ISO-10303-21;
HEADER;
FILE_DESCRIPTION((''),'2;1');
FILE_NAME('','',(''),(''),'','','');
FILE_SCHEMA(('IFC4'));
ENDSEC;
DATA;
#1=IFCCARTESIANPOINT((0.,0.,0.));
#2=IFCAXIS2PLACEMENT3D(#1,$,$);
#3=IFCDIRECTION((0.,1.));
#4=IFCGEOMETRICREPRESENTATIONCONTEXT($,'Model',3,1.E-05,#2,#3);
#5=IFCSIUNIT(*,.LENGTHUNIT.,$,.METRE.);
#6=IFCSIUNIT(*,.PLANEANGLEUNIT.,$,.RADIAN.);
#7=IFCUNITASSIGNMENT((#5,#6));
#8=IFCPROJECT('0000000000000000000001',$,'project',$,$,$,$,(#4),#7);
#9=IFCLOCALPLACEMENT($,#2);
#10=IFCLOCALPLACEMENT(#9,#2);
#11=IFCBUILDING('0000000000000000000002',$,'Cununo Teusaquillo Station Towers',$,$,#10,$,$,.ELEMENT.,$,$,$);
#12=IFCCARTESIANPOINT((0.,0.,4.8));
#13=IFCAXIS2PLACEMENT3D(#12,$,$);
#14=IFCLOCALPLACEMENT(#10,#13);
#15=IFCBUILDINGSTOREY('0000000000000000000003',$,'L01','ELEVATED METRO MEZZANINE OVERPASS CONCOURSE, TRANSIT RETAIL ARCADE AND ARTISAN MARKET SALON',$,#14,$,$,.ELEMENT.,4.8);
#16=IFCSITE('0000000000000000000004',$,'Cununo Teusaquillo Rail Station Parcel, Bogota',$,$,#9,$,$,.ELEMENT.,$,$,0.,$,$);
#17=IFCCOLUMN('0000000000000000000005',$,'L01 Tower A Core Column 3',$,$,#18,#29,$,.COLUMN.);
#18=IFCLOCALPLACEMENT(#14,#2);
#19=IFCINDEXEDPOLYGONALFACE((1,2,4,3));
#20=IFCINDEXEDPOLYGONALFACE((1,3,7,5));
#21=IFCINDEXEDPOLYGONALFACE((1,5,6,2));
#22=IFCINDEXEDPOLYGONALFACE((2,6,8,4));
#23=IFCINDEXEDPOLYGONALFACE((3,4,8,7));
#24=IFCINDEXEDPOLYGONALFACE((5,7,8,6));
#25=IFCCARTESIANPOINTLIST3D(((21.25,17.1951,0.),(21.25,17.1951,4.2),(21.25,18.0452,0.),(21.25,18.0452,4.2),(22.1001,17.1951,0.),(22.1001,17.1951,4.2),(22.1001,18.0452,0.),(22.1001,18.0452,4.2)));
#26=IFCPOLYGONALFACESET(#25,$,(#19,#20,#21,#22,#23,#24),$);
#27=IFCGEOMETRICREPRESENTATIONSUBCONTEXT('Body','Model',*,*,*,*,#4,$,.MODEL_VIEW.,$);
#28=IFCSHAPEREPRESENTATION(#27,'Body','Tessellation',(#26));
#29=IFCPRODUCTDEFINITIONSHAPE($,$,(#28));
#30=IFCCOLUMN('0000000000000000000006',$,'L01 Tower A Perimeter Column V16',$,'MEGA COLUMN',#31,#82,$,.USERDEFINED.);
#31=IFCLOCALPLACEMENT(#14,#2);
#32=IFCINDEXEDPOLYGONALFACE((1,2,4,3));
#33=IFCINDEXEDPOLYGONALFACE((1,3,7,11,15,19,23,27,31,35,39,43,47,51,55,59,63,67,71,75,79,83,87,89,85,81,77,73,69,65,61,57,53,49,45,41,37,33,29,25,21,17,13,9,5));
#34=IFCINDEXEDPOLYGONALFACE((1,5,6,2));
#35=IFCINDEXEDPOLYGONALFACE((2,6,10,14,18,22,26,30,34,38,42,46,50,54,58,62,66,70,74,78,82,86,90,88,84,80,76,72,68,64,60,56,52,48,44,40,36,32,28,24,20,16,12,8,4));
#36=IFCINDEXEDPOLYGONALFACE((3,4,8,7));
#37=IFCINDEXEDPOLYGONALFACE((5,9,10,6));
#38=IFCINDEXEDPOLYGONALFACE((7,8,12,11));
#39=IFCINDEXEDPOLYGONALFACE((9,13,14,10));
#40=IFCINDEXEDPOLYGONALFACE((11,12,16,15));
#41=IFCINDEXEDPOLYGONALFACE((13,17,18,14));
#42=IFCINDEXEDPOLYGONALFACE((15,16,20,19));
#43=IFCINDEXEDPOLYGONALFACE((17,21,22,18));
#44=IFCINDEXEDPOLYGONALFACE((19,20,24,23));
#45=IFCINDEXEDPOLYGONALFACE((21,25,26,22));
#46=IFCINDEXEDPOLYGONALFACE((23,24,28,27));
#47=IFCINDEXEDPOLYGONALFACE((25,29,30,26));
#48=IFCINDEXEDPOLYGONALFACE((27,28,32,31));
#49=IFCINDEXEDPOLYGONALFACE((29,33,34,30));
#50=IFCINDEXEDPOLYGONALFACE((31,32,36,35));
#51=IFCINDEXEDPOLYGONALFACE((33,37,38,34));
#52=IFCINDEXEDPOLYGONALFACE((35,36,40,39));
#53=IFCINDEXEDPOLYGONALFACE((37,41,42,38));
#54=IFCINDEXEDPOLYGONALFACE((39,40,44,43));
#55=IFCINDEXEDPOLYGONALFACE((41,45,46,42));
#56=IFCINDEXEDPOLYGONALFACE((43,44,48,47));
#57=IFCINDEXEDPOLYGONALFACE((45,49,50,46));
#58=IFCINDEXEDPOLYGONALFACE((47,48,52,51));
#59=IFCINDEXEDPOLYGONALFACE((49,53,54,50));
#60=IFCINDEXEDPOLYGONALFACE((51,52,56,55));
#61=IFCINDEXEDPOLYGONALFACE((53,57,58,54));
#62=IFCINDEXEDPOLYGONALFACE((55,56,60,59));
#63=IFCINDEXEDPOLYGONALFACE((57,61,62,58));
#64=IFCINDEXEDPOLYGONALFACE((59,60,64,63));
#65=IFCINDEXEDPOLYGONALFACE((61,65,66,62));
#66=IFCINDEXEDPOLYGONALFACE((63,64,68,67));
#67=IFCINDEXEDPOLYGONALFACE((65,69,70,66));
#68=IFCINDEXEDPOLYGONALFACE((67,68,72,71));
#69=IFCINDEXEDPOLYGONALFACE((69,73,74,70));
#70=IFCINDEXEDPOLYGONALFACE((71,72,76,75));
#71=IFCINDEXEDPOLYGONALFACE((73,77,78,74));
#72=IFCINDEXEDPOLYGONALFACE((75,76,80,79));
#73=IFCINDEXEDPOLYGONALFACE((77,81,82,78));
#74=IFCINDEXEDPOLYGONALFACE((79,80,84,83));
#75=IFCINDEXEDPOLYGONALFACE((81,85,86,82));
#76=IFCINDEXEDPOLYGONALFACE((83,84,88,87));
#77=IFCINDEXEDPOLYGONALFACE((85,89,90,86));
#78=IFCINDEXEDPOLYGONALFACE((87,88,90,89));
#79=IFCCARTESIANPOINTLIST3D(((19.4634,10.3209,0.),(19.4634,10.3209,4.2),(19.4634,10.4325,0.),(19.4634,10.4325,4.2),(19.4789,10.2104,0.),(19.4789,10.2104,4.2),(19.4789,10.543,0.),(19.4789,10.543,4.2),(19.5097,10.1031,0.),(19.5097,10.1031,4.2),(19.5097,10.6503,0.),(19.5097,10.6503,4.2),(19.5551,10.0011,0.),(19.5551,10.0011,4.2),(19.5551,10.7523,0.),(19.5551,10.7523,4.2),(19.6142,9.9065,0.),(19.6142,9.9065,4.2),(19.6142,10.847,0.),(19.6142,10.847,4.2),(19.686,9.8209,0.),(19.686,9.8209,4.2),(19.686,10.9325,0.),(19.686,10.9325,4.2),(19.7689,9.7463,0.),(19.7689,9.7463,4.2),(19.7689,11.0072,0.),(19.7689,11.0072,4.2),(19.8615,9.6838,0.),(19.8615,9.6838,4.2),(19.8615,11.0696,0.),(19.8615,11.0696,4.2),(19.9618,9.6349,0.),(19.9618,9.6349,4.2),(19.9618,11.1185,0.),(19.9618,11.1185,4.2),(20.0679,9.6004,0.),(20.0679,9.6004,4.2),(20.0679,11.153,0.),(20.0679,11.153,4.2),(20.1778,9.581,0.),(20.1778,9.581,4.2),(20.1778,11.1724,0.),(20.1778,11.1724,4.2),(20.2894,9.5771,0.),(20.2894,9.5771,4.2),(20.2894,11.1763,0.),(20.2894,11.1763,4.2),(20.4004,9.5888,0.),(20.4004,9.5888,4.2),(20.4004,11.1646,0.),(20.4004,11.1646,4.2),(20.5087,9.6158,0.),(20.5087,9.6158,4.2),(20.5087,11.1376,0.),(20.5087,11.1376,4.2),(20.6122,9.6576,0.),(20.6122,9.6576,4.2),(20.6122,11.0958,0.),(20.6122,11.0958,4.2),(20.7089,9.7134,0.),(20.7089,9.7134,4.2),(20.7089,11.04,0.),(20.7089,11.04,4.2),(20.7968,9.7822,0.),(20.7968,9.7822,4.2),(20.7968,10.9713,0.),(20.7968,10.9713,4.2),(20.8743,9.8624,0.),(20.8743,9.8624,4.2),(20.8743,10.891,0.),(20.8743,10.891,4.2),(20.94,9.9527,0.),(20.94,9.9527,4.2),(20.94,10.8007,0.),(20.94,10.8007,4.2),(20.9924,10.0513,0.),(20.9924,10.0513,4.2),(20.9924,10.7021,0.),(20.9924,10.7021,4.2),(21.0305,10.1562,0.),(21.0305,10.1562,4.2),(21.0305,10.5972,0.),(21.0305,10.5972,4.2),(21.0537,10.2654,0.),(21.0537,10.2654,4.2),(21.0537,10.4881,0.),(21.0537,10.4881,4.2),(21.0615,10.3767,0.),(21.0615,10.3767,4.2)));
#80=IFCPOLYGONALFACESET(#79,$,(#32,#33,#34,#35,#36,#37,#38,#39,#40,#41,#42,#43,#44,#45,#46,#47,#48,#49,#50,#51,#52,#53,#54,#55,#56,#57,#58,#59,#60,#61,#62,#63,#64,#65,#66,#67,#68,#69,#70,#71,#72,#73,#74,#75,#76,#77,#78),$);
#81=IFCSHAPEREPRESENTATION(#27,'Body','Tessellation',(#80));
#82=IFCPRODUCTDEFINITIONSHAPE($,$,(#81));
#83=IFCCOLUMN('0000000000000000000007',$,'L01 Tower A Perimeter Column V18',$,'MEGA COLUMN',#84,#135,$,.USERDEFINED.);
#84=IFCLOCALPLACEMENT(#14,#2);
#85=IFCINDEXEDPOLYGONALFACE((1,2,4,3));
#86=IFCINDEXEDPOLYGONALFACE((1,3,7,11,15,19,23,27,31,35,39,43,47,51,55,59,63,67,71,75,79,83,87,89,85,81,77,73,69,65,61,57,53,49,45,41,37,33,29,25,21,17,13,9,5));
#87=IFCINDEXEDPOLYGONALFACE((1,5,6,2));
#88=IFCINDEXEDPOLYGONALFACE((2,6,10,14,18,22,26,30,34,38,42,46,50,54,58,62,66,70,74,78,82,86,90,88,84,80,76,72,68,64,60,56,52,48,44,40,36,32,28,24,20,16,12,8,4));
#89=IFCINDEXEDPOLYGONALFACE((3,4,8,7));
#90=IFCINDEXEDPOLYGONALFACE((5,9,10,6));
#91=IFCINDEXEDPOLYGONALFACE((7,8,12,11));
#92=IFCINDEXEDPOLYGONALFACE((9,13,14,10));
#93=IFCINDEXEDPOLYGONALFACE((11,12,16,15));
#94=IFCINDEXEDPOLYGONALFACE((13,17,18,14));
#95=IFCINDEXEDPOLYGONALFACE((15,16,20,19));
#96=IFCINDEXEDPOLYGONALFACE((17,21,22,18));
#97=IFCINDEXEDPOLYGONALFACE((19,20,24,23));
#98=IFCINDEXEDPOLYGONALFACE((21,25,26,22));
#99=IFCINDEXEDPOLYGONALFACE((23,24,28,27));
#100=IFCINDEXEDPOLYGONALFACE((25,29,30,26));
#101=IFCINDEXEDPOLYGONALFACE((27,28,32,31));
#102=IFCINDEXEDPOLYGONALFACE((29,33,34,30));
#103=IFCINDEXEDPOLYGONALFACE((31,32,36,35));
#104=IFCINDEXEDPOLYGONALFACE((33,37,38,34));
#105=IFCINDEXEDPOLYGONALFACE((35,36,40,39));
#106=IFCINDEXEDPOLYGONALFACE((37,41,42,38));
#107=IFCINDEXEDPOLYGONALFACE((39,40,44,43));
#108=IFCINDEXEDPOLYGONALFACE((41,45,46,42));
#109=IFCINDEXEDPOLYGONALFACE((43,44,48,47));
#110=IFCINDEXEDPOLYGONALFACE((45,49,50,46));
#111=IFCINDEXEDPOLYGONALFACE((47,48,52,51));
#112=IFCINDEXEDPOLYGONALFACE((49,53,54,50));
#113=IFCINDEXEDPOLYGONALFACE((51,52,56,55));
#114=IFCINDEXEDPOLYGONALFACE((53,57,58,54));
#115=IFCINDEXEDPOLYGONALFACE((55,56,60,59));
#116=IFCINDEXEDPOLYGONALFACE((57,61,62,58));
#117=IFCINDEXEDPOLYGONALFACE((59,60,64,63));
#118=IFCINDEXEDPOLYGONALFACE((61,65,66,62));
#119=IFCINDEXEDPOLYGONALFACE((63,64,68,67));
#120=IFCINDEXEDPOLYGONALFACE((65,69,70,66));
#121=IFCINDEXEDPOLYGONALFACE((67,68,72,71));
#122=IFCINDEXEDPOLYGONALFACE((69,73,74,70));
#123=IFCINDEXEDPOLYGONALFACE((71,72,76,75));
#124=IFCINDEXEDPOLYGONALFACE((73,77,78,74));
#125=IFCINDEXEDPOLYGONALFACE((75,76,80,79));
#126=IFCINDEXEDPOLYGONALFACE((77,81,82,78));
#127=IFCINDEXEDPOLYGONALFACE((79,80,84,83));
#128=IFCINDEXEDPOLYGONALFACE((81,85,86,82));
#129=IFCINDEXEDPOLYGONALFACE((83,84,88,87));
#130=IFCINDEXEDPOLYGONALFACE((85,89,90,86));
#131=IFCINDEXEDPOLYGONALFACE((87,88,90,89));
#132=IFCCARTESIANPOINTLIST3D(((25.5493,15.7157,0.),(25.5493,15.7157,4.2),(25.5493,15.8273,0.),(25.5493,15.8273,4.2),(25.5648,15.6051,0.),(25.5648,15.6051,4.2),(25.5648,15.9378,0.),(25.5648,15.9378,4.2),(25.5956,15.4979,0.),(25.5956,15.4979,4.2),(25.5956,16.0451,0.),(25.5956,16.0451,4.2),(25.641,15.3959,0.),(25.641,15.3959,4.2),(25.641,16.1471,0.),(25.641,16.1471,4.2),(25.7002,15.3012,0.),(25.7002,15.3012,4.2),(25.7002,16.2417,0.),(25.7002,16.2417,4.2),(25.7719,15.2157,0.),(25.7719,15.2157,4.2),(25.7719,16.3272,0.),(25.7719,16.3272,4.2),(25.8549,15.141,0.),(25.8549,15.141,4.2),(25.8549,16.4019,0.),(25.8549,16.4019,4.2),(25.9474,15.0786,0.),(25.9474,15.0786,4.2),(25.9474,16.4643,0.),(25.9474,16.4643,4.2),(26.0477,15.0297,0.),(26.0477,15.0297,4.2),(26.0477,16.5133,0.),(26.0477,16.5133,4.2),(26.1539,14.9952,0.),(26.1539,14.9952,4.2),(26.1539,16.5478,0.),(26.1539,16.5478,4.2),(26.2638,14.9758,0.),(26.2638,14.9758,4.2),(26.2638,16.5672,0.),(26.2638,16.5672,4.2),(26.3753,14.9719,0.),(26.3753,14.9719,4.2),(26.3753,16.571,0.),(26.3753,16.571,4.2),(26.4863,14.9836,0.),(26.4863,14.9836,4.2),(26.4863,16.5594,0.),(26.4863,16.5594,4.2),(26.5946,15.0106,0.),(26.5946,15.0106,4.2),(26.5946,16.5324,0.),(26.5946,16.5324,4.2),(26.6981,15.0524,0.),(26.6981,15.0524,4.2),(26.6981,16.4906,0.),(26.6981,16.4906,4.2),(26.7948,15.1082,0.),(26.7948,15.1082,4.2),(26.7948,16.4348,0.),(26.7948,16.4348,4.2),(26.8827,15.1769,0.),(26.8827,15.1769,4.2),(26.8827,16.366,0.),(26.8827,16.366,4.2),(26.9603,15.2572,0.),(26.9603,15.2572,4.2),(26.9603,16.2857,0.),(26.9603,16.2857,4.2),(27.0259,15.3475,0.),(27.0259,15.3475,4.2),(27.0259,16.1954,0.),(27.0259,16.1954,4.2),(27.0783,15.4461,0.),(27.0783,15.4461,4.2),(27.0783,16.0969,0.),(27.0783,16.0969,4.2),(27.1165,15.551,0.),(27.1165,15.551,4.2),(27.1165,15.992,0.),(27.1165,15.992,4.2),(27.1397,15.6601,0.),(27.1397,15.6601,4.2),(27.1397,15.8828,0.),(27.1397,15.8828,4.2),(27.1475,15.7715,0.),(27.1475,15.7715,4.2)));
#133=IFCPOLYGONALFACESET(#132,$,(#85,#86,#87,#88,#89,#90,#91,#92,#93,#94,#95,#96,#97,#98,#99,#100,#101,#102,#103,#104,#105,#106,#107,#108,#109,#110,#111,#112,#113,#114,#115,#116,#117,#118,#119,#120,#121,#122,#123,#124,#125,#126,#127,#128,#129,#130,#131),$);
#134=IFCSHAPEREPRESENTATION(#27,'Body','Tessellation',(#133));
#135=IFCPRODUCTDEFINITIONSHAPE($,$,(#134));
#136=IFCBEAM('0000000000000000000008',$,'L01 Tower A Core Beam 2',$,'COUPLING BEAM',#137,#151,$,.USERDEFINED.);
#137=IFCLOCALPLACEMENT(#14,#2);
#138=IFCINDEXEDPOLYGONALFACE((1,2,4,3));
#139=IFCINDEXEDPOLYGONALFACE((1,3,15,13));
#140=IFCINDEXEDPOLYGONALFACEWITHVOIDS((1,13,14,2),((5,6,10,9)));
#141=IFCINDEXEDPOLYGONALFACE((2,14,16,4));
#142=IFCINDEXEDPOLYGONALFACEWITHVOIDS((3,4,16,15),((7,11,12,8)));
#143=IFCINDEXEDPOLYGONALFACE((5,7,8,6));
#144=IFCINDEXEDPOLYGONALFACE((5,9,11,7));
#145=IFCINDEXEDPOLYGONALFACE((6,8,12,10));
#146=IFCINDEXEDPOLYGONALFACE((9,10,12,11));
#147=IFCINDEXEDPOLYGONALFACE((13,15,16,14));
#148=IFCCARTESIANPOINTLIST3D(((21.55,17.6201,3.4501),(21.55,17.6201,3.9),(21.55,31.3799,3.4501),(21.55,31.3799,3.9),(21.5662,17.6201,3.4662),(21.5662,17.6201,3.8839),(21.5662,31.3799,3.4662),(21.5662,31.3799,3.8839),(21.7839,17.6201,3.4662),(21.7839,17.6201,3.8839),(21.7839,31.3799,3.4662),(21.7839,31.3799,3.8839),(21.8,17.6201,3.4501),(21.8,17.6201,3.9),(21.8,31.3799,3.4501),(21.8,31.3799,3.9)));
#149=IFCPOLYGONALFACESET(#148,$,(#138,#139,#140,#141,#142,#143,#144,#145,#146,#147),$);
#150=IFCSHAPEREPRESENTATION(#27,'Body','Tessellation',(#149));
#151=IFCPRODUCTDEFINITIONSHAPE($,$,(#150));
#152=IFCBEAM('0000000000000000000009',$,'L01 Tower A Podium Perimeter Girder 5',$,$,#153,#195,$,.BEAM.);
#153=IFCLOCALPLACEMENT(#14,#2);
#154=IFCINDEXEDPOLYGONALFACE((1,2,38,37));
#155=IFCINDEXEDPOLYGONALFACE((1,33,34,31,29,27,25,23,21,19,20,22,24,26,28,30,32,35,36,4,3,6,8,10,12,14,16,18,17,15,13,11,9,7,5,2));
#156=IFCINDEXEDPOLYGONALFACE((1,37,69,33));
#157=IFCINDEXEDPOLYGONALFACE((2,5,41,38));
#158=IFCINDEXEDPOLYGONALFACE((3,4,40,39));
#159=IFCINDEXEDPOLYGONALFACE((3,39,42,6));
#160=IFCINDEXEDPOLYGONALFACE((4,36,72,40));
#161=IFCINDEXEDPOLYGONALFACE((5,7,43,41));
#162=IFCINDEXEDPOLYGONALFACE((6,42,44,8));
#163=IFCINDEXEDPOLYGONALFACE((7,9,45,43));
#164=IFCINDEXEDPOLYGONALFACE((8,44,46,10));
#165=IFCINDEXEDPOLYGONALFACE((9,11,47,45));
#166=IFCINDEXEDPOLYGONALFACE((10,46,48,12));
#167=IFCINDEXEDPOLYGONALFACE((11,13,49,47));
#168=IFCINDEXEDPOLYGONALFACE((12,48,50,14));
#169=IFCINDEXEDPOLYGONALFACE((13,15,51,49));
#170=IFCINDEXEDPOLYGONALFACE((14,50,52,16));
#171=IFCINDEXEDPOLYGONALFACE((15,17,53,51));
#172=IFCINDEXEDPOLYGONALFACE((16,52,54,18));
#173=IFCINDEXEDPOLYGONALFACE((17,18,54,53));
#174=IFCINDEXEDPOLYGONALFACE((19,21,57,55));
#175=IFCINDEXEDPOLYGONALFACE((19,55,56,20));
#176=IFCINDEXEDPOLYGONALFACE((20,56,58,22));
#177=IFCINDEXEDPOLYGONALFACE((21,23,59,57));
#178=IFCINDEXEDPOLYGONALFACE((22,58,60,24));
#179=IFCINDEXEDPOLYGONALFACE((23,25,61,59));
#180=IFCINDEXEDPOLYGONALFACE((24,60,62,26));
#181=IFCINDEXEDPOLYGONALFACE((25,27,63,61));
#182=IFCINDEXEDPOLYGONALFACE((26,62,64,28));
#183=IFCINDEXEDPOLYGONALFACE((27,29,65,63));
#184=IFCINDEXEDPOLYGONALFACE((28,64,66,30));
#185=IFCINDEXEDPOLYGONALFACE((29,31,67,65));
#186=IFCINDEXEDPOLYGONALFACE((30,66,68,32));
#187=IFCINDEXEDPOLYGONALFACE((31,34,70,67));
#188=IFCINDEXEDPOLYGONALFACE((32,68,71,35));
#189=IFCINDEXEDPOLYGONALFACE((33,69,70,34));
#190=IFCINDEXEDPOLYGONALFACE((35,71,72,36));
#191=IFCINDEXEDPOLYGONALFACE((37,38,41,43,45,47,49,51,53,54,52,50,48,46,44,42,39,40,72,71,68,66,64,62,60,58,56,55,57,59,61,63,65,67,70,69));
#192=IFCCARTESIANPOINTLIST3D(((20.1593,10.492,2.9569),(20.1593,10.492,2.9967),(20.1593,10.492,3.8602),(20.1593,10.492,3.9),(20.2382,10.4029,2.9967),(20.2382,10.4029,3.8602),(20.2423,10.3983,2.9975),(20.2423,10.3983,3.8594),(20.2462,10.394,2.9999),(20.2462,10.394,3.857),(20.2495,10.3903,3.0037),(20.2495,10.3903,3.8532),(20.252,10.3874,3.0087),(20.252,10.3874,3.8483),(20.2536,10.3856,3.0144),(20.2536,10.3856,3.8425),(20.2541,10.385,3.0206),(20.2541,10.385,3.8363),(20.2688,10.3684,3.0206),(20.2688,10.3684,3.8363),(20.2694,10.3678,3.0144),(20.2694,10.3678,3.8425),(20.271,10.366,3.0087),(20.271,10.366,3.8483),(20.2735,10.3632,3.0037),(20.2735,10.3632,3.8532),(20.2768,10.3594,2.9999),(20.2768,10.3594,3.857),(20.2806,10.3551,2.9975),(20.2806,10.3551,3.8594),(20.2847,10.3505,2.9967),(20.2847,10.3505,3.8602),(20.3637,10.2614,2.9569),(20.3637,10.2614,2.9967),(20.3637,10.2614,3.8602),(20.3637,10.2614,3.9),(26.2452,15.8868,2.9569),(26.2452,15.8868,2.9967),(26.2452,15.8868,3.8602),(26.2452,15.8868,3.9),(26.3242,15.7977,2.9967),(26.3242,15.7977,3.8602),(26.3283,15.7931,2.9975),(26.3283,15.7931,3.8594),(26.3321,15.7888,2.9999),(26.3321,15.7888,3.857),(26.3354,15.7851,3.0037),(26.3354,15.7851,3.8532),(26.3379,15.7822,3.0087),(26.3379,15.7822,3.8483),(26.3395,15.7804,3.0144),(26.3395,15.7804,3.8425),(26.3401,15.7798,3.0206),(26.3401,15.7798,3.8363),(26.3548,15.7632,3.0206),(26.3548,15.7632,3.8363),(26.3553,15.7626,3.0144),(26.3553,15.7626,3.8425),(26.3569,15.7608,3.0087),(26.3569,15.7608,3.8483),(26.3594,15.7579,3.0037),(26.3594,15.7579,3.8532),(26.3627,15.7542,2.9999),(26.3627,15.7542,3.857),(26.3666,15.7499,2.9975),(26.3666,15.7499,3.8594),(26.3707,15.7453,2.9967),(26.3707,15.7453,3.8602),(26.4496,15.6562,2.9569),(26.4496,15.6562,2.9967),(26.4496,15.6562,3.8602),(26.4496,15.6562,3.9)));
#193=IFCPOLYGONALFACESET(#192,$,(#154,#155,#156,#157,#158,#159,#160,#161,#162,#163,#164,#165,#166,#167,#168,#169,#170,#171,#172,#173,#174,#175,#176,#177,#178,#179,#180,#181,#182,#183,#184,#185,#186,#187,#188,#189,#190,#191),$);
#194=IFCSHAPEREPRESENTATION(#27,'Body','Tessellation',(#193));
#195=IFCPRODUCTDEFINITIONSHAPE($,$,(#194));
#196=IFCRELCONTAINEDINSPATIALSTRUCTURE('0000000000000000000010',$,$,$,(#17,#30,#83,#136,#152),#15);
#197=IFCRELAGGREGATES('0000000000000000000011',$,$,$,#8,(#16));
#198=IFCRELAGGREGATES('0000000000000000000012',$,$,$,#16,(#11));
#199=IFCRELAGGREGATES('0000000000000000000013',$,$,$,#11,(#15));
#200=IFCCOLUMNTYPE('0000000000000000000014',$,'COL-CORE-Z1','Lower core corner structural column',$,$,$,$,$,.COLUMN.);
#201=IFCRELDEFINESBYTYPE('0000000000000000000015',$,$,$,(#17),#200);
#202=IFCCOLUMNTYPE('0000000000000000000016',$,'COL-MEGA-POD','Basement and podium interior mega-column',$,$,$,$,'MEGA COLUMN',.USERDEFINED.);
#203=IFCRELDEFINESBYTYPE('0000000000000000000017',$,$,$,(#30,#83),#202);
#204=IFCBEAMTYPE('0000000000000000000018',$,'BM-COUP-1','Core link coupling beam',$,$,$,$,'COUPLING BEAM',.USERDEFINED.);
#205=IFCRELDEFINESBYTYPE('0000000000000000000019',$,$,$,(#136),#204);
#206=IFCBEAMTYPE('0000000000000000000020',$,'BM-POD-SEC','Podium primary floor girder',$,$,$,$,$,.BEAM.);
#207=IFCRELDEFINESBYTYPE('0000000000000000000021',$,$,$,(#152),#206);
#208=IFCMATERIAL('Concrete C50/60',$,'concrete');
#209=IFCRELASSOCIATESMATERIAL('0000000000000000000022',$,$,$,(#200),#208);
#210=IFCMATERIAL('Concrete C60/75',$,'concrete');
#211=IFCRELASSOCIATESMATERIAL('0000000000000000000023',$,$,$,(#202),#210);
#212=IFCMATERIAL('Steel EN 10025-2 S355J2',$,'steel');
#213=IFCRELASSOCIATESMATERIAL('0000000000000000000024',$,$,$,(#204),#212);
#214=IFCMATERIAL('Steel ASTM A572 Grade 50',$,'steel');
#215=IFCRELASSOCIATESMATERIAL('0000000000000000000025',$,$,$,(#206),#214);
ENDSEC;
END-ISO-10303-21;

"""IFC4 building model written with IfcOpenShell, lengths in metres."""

from ifc_helpers import new_model, si_unit, direction, frame, origin, origin_2d, place, context, subcontext, project, spatial, rectangle, hollow_rectangle, circle, i_section, extrude, material, material_profile, profile_set, type_object, element, save


model = new_model("IFC4")

# Units and contexts
model_context = context("Model", 3, precision=1e-05, world=origin(), true_north=direction((0.0, 1.0)))
body_context = subcontext(model_context, "Body", "Model", "MODEL_VIEW")
ifc_project = project(units=[si_unit("LENGTHUNIT", "METRE"), si_unit("PLANEANGLEUNIT", "RADIAN")], contexts=[model_context])

# Site, building, storey
site_placement = place(None, origin())
site = spatial("IfcSite", under=ifc_project, at=site_placement, Name="Cununo Teusaquillo Rail Station Parcel, Bogota", CompositionType="ELEMENT", RefElevation=0.0)
building_placement = place(site_placement, origin())
building = spatial("IfcBuilding", under=site, at=building_placement, Name="Cununo Teusaquillo Station Towers", CompositionType="ELEMENT")
storey_placement = place(building_placement, frame((0.0, 0.0, 4.8)))
storey = spatial("IfcBuildingStorey", under=building, at=storey_placement, Name="L01", Description="ELEVATED METRO MEZZANINE OVERPASS CONCOURSE, TRANSIT RETAIL ARCADE AND ARTISAN MARKET SALON", CompositionType="ELEMENT", Elevation=4.8)

# Columns
ifc_material_1 = material(Name="Concrete C50/60", Category="concrete")
ifc_material_profile_1 = material_profile(ifc_material_1, rectangle(XDim=0.8501, YDim=0.8501, at=origin_2d()), Name="RC-RECT-850x850")
ifc_profile_set_1 = profile_set([ifc_material_profile_1], Name="Concrete C50/60")
column_type_1 = type_object("IfcColumnType", Name="COL-CORE-Z1", Description="Lower core corner structural column", PredefinedType="COLUMN", material=ifc_profile_set_1)
column_placement = place(storey_placement, frame((21.675, 17.6201, 0.0), z_axis=(0.0, 0.0, 1.0), x_axis=(1.0, 0.0, 0.0)))
element("IfcColumn", 1, at=column_placement, inside=storey, type_object=column_type_1, Name="L01 Tower A Core Column 3", PredefinedType="COLUMN", context=body_context, shape_type="SweptSolid", body=[
    extrude(rectangle(XDim=0.8501, YDim=0.8501, at=origin_2d()), origin(), (0.0, 0.0, 1.0), 4.2),
])
ifc_material_2 = material(Name="Concrete C60/75", Category="concrete")
ifc_material_profile_2 = material_profile(ifc_material_2, circle(Radius=0.8, at=origin_2d()), Name="RC-CIRC-1600")
ifc_profile_set_2 = profile_set([ifc_material_profile_2], Name="Concrete C60/75")
column_type_2 = type_object("IfcColumnType", Name="COL-MEGA-POD", Description="Basement and podium interior mega-column", ElementType="MEGA COLUMN", PredefinedType="USERDEFINED", material=ifc_profile_set_2)
for number, where, z_axis, x_axis, name in (
    (2, (20.2615, 10.3767, 0.0), (0.0, 0.0, 1.0), (1.0, 0.0, 0.0), "L01 Tower A Perimeter Column V16"),
    (3, (26.3474, 15.7715, 0.0), (0.0, 0.0, 1.0), (1.0, 0.0, 0.0), "L01 Tower A Perimeter Column V18"),
):
    element("IfcColumn", number, at=place(storey_placement, frame(where, z_axis=z_axis, x_axis=x_axis)), inside=storey, type_object=column_type_2, Name=name, ObjectType="MEGA COLUMN", PredefinedType="USERDEFINED", context=body_context, shape_type="SweptSolid", body=[
        extrude(circle(Radius=0.8, at=origin_2d()), origin(), (0.0, 0.0, 1.0), 4.2),
    ])

# Beams
ifc_material_3 = material(Name="Steel EN 10025-2 S355J2", Category="steel")
ifc_material_profile_3 = material_profile(ifc_material_3, hollow_rectangle(XDim=0.25, YDim=0.45, WallThickness=0.0161, at=origin_2d()), Name="RHS 450x250x16")
ifc_profile_set_3 = profile_set([ifc_material_profile_3], Name="Steel EN 10025-2 S355J2")
beam_type_1 = type_object("IfcBeamType", Name="BM-COUP-1", Description="Core link coupling beam", ElementType="COUPLING BEAM", PredefinedType="USERDEFINED", material=ifc_profile_set_3)
beam_1_placement = place(storey_placement, frame((21.675, 17.6201, 3.675), z_axis=(0.0, 1.0, 0.0), x_axis=(-1.0, 0.0, 0.0)))
element("IfcBeam", 4, at=beam_1_placement, inside=storey, type_object=beam_type_1, Name="L01 Tower A Core Beam 2", ObjectType="COUPLING BEAM", PredefinedType="USERDEFINED", context=body_context, shape_type="SweptSolid", body=[
    extrude(hollow_rectangle(XDim=0.25, YDim=0.45, WallThickness=0.0161, at=origin_2d()), origin(), (0.0, 0.0, 1.0), 13.7598),
])
ifc_material_4 = material(Name="Steel ASTM A572 Grade 50", Category="steel")
ifc_material_profile_4 = material_profile(ifc_material_4, i_section(OverallWidth=0.3081, OverallDepth=0.9431, WebThickness=0.0222, FlangeThickness=0.0398, FilletRadius=0.0239, at=origin_2d()), Name="W36X232")
ifc_profile_set_4 = profile_set([ifc_material_profile_4], Name="Steel ASTM A572 Grade 50")
beam_type_2 = type_object("IfcBeamType", Name="BM-POD-SEC", Description="Podium primary floor girder", PredefinedType="BEAM", material=ifc_profile_set_4)
beam_2_placement = place(storey_placement, frame((20.2615, 10.3767, 3.4285), z_axis=(0.748321, 0.663337, 0.0), x_axis=(-0.663337, 0.748321, 0.0)))
element("IfcBeam", 5, at=beam_2_placement, inside=storey, type_object=beam_type_2, Name="L01 Tower A Podium Perimeter Girder 5", PredefinedType="BEAM", context=body_context, shape_type="SweptSolid", body=[
    extrude(i_section(OverallWidth=0.3081, OverallDepth=0.9431, WebThickness=0.0222, FlangeThickness=0.0398, FilletRadius=0.0239, at=origin_2d()), origin(), (0.0, 0.0, 1.0), 8.1328),
])

save(model, "model.ifc")
